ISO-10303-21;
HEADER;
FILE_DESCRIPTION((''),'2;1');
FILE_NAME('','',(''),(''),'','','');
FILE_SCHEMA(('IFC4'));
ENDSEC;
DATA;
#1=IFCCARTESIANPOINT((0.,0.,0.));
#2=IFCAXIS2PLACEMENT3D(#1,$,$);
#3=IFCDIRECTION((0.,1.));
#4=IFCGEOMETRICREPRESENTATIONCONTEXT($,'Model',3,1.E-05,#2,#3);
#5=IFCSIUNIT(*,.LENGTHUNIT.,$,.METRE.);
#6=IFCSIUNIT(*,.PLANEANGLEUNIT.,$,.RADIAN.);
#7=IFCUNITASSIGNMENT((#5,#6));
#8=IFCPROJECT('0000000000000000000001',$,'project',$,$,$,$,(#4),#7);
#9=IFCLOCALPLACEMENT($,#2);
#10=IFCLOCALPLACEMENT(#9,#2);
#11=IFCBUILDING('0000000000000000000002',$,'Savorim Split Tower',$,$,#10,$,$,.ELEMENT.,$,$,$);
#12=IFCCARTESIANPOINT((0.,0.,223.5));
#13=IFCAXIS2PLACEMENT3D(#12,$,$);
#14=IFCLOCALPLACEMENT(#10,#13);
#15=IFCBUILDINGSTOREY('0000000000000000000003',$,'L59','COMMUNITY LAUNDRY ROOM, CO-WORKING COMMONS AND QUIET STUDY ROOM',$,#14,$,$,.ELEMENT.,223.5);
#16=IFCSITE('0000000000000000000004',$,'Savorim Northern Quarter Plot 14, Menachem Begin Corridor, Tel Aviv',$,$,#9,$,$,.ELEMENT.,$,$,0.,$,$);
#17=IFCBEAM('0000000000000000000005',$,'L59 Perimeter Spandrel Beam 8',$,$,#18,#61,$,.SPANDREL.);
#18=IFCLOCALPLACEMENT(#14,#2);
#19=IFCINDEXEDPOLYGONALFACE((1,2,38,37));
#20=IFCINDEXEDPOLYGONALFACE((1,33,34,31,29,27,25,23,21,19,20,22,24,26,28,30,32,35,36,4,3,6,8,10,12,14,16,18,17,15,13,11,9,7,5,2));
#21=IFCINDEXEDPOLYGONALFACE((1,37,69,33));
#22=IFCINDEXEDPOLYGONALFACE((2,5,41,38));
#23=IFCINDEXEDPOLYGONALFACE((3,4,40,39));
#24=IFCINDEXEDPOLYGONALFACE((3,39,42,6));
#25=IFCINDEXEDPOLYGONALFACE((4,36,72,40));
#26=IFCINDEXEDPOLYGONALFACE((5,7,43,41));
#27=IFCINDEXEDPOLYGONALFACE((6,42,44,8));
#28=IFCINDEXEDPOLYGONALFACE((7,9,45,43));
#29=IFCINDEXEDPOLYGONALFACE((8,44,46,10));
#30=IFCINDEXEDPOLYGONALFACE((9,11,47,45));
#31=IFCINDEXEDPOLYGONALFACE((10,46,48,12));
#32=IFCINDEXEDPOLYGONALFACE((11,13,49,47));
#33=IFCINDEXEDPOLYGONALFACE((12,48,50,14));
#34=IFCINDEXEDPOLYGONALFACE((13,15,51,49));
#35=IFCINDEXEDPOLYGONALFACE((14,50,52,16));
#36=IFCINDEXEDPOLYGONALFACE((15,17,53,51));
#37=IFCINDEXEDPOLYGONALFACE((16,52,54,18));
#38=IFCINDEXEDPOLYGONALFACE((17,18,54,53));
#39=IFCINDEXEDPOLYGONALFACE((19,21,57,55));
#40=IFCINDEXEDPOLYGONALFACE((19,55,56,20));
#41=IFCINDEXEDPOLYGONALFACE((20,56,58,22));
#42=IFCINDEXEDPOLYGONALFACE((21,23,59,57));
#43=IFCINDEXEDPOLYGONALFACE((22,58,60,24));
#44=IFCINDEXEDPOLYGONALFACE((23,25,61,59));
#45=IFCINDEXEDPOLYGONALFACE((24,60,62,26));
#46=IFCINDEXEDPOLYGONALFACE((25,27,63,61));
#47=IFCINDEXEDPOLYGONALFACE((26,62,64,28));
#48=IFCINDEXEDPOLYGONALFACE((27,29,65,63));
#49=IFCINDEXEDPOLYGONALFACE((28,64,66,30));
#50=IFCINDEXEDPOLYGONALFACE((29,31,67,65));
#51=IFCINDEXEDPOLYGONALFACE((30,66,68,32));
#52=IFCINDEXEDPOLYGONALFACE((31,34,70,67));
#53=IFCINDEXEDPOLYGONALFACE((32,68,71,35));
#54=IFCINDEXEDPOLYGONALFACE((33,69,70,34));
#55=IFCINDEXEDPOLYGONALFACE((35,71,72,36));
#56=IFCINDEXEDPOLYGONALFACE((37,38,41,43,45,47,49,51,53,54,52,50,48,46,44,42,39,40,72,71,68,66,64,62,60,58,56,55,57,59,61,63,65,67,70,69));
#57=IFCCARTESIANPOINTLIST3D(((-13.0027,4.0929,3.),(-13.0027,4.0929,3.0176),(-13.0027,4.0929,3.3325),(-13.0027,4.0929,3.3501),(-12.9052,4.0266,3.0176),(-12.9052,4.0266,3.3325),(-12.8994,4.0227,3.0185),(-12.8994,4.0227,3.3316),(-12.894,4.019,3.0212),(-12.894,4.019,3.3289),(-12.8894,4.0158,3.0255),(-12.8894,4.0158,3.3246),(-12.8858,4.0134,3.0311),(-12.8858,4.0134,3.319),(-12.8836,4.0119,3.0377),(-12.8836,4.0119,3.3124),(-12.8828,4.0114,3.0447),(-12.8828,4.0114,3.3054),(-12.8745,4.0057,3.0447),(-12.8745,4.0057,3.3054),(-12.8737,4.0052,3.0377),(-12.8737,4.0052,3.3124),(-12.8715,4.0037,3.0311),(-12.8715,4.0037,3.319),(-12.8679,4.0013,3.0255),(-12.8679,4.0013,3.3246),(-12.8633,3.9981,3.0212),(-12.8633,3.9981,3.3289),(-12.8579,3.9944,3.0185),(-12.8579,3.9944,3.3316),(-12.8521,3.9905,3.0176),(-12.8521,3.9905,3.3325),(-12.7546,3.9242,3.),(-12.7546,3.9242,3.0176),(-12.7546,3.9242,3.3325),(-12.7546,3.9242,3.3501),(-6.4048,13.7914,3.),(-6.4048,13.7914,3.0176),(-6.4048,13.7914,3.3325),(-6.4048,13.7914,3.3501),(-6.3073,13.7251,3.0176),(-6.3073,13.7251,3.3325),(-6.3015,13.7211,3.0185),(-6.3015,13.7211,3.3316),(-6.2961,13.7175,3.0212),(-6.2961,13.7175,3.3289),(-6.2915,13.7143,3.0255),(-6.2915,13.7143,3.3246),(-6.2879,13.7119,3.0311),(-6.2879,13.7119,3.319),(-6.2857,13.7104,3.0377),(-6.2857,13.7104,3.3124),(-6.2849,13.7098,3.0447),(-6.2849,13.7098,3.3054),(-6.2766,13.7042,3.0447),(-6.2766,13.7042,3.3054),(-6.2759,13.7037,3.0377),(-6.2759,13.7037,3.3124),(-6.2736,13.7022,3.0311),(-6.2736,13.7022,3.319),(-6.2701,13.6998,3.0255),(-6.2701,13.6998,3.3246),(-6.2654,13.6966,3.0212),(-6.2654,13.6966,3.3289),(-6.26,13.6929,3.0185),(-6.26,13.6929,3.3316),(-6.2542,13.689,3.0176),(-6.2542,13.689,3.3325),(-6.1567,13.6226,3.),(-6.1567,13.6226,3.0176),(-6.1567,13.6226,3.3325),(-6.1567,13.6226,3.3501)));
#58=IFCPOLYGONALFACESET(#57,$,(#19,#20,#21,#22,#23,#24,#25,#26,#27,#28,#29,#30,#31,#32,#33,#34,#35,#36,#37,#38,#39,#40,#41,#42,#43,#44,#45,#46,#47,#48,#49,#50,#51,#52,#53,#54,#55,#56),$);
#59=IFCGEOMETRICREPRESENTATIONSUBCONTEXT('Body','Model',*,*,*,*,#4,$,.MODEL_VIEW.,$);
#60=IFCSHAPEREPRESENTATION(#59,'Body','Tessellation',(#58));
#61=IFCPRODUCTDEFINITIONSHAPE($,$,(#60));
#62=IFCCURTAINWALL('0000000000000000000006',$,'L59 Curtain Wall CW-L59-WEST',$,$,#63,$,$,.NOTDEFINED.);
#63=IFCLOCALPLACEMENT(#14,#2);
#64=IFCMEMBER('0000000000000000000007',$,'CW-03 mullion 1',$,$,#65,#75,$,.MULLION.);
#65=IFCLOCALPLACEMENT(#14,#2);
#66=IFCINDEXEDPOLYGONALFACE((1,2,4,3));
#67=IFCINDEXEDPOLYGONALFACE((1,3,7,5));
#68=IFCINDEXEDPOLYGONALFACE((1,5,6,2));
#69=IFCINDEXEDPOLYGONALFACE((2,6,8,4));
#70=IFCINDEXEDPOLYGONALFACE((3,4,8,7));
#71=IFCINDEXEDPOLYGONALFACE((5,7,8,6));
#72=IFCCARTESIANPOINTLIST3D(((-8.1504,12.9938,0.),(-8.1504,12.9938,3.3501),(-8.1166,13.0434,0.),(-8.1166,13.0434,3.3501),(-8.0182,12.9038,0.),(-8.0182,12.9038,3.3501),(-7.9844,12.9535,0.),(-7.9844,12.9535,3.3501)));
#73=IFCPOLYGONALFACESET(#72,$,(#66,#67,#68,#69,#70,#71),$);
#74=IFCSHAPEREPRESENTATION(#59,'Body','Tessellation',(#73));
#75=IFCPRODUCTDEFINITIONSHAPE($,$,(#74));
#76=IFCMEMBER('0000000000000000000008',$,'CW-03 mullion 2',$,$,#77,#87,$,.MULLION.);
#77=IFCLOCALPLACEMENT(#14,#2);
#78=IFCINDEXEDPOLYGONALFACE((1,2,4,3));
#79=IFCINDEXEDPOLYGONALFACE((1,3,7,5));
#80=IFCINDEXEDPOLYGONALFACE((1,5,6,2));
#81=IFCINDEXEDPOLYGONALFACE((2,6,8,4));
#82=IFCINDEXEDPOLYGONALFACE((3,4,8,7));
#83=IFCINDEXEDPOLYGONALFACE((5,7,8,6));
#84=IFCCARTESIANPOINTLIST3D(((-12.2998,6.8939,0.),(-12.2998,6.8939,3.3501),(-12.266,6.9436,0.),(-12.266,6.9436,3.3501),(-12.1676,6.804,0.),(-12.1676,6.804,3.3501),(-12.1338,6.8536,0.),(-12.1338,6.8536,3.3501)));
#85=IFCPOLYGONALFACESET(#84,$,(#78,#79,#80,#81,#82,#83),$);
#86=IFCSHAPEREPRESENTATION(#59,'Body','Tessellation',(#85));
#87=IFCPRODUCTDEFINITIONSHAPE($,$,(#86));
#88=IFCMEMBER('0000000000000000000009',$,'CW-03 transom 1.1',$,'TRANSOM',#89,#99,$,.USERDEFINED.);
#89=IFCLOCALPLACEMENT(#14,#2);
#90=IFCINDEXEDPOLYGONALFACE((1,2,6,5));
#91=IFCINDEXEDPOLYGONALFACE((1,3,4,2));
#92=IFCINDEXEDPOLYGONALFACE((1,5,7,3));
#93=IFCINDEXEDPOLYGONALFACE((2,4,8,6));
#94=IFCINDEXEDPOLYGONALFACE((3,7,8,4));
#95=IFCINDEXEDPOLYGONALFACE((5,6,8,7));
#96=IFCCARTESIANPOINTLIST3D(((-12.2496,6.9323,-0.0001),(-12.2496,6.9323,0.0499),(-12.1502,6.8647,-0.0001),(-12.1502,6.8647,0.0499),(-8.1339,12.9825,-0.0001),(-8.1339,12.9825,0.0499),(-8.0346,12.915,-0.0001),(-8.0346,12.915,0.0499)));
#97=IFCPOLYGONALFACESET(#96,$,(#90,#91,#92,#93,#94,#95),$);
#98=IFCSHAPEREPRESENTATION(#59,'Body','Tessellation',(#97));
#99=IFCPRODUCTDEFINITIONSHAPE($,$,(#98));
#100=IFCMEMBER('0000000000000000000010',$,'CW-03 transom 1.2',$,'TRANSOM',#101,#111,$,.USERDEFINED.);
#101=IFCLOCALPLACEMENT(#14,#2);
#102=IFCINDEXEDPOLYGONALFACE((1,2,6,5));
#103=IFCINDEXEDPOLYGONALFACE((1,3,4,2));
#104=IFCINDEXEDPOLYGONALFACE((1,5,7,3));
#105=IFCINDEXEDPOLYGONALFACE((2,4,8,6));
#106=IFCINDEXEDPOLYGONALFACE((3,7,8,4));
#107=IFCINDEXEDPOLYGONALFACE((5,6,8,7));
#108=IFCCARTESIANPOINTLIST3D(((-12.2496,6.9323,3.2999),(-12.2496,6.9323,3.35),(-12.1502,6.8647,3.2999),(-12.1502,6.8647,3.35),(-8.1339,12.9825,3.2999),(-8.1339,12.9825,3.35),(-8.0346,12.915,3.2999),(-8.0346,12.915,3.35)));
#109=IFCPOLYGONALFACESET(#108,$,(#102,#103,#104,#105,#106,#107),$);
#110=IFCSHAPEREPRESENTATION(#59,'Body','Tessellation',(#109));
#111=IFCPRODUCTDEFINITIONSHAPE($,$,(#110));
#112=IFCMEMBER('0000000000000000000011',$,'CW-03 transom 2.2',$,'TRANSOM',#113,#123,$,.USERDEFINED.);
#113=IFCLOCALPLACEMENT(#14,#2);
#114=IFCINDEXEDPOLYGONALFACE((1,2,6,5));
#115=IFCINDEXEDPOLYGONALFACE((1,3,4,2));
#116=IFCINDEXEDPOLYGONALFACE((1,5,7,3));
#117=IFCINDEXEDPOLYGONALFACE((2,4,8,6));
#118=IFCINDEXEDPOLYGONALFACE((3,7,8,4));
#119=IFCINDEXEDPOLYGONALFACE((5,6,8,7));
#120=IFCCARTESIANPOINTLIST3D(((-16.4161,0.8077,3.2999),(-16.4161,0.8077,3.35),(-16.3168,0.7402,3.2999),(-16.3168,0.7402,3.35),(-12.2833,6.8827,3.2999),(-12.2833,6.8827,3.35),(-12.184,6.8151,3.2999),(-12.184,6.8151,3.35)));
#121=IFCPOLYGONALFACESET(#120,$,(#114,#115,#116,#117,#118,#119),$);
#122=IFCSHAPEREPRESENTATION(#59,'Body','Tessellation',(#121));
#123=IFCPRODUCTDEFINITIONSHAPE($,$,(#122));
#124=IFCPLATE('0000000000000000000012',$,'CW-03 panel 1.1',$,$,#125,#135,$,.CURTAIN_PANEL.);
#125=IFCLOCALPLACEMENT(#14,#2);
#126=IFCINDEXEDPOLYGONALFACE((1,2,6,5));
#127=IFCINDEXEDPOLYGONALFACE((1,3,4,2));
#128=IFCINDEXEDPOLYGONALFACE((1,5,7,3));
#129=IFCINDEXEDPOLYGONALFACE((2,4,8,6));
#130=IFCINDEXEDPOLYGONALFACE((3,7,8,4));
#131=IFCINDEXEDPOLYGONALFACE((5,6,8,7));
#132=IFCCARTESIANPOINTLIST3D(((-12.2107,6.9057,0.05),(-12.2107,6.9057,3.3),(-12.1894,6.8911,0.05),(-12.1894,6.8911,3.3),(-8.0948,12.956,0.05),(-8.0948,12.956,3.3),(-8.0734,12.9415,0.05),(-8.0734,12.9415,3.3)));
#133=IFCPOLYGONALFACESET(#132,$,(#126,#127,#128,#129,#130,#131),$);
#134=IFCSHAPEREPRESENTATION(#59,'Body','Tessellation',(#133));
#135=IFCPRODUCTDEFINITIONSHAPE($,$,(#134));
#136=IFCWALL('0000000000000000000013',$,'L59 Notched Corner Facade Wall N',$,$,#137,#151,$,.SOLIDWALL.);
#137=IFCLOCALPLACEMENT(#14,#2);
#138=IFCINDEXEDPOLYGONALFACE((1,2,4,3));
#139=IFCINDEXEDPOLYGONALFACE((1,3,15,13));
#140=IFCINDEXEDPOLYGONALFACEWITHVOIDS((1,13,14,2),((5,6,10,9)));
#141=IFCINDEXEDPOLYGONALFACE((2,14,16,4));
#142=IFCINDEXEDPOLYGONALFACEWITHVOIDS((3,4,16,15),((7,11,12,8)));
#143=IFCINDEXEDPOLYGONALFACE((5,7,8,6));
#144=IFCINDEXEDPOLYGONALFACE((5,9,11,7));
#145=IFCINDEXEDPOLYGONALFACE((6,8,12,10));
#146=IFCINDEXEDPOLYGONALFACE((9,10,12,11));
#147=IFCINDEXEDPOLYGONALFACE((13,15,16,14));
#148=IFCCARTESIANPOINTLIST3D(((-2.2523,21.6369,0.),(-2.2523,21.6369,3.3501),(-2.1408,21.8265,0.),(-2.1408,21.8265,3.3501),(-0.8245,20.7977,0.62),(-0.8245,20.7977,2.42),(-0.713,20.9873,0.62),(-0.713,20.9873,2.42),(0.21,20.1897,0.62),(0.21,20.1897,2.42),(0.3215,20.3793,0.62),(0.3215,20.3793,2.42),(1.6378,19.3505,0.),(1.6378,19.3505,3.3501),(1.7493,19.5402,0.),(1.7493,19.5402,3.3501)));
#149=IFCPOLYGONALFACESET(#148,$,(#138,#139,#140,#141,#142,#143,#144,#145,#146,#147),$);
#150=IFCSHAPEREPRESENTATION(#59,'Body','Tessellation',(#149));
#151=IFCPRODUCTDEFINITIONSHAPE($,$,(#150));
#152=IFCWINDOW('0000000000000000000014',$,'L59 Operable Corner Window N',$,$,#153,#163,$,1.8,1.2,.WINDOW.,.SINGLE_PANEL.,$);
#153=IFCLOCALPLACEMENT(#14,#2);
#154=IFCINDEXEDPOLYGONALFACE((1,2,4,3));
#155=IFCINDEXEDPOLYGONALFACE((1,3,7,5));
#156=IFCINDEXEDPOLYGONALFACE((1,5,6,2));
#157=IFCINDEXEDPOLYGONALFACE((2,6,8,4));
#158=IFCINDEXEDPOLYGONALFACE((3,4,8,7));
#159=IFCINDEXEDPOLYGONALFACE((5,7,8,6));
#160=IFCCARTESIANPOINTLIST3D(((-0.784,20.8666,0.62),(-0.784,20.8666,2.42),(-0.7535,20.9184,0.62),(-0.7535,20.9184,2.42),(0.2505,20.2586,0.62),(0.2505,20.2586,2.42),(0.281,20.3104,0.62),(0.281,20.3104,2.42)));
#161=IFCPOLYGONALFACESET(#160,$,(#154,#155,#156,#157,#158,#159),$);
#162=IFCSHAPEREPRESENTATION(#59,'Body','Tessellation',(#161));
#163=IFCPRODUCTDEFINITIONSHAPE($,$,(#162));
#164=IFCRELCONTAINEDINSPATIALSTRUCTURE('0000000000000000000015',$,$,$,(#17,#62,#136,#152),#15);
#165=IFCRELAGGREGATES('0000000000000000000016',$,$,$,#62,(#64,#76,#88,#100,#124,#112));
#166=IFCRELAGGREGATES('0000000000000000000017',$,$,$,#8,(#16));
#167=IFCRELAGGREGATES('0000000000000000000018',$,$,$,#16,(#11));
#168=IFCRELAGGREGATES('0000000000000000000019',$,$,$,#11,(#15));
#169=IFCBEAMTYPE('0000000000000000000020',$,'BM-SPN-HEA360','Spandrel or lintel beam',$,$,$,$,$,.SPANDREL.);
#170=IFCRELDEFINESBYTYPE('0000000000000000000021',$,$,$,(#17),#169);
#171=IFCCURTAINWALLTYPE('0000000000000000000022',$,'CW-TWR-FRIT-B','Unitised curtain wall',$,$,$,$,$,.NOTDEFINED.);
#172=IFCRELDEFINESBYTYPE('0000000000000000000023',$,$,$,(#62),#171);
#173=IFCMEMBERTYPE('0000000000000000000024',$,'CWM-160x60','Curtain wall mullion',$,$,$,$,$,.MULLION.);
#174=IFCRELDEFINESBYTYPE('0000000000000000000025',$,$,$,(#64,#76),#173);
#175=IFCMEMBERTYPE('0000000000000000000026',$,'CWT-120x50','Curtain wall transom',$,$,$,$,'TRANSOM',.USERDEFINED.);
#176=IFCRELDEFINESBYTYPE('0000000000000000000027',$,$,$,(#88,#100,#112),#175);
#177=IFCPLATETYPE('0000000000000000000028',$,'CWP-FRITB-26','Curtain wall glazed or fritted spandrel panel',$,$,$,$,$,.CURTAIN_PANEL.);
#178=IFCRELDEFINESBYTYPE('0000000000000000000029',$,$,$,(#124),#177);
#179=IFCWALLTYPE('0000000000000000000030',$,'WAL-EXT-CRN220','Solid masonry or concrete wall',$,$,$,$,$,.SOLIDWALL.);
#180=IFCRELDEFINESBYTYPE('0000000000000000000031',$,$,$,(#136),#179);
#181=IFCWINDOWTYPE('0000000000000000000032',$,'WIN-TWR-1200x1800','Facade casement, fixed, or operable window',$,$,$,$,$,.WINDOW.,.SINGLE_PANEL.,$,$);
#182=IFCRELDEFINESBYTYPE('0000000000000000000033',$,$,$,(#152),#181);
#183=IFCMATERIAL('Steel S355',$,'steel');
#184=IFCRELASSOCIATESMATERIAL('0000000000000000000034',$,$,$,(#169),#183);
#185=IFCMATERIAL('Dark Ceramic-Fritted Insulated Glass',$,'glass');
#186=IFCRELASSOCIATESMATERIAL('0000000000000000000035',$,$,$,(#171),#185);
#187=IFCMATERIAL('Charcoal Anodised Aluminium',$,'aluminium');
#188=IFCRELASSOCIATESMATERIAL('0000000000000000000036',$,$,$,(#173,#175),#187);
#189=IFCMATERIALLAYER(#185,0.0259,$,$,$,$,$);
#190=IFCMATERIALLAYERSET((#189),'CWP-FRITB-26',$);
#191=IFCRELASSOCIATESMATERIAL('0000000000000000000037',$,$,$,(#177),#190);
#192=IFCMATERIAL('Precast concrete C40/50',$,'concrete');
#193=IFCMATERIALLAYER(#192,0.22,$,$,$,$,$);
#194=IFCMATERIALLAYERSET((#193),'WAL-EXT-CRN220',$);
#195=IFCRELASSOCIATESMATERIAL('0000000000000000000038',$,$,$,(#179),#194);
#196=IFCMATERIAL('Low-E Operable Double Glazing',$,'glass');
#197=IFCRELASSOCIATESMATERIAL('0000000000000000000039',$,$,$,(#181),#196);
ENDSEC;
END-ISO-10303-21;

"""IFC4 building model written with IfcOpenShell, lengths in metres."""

from ifc_helpers import new_model, si_unit, direction, frame, frame_2d, origin, origin_2d, place, context, subcontext, project, spatial, rectangle, i_section, extrude, material, layer, layer_set, material_profile, profile_set, type_object, element, fill, aggregate, save


model = new_model("IFC4")

# Units and contexts
model_context = context("Model", 3, precision=1e-05, world=origin(), true_north=direction((0.0, 1.0)))
body_context = subcontext(model_context, "Body", "Model", "MODEL_VIEW")
ifc_project = project(units=[si_unit("LENGTHUNIT", "METRE"), si_unit("PLANEANGLEUNIT", "RADIAN")], contexts=[model_context])

# Site, building, storey
site_placement = place(None, origin())
site = spatial("IfcSite", under=ifc_project, at=site_placement, Name="Savorim Northern Quarter Plot 14, Menachem Begin Corridor, Tel Aviv", CompositionType="ELEMENT", RefElevation=0.0)
building_placement = place(site_placement, origin())
building = spatial("IfcBuilding", under=site, at=building_placement, Name="Savorim Split Tower", CompositionType="ELEMENT")
storey_placement = place(building_placement, frame((0.0, 0.0, 223.5)))
storey = spatial("IfcBuildingStorey", under=building, at=storey_placement, Name="L59", Description="COMMUNITY LAUNDRY ROOM, CO-WORKING COMMONS AND QUIET STUDY ROOM", CompositionType="ELEMENT", Elevation=223.5)

# Shared definitions
ifc_material_1 = material(Name="Steel S355", Category="steel")

# Beam
ifc_material_profile_1 = material_profile(ifc_material_1, i_section(OverallWidth=0.3, OverallDepth=0.3501, WebThickness=0.01, FlangeThickness=0.0176, FilletRadius=0.0271, at=origin_2d()), Name="HEA 360")
ifc_profile_set_1 = profile_set([ifc_material_profile_1], Name="Steel S355")
beam_type_1 = type_object("IfcBeamType", Name="BM-SPN-HEA360", Description="Spandrel or lintel beam", PredefinedType="SPANDREL", material=ifc_profile_set_1)
beam_1_placement = place(storey_placement, frame((-6.2808, 13.707, 3.175), z_axis=(-0.562481, -0.82681, 0.0), x_axis=(0.82681, -0.562481, 0.0)))
element("IfcBeam", 1, at=beam_1_placement, inside=storey, type_object=beam_type_1, Name="L59 Perimeter Spandrel Beam 8", PredefinedType="SPANDREL", context=body_context, shape_type="SweptSolid", body=[
    extrude(i_section(OverallWidth=0.3, OverallDepth=0.3501, WebThickness=0.01, FlangeThickness=0.0176, FilletRadius=0.0271, at=origin_2d()), origin(), (0.0, 0.0, 1.0), 11.73),
])

# Curtain wall, members, plate
ifc_material_2 = material(Name="Dark Ceramic-Fritted Insulated Glass", Category="glass")
curtain_wall_type = type_object("IfcCurtainWallType", Name="CW-TWR-FRIT-B", Description="Unitised curtain wall", PredefinedType="NOTDEFINED", material=ifc_material_2)
curtain_wall_placement = place(storey_placement, origin())
curtain_wall = element("IfcCurtainWall", 2, at=curtain_wall_placement, inside=storey, type_object=curtain_wall_type, Name="L59 Curtain Wall CW-L59-WEST", PredefinedType="NOTDEFINED")
ifc_material_3 = material(Name="Charcoal Anodised Aluminium", Category="aluminium")
ifc_material_profile_2 = material_profile(ifc_material_3, rectangle(XDim=0.1599, YDim=0.0601, at=origin_2d()), Name="ALU-M 160x60")
ifc_profile_set_2 = profile_set([ifc_material_profile_2], Name="Charcoal Anodised Aluminium")
member_type_1 = type_object("IfcMemberType", Name="CWM-160x60", Description="Curtain wall mullion", PredefinedType="MULLION", material=ifc_profile_set_2)
member_1_placement = place(storey_placement, frame((-8.0674, 12.9736, 0.0), z_axis=(0.0, 0.0, 1.0), x_axis=(0.82682, -0.562467, 0.0)))
member_1 = element("IfcMember", 3, at=member_1_placement, type_object=member_type_1, Name="CW-03 mullion 1", PredefinedType="MULLION", context=body_context, shape_type="SweptSolid", body=[
    extrude(rectangle(XDim=0.1599, YDim=0.0601, at=origin_2d()), origin(), (0.0, 0.0, 1.0), 3.3501),
])
member_2_placement = place(storey_placement, frame((-12.2168, 6.8738, 0.0), z_axis=(0.0, 0.0, 1.0), x_axis=(0.82682, -0.562467, 0.0)))
member_2 = element("IfcMember", 4, at=member_2_placement, type_object=member_type_1, Name="CW-03 mullion 2", PredefinedType="MULLION", context=body_context, shape_type="SweptSolid", body=[
    extrude(rectangle(XDim=0.1599, YDim=0.0601, at=origin_2d()), origin(), (0.0, 0.0, 1.0), 3.3501),
])
ifc_material_profile_3 = material_profile(ifc_material_3, rectangle(XDim=0.1201, YDim=0.05, at=origin_2d()), Name="ALU-T 120x50")
ifc_profile_set_3 = profile_set([ifc_material_profile_3], Name="Charcoal Anodised Aluminium")
member_type_2 = type_object("IfcMemberType", Name="CWT-120x50", Description="Curtain wall transom", ElementType="TRANSOM", PredefinedType="USERDEFINED", material=ifc_profile_set_3)
member_3_placement = place(storey_placement, frame((-8.0842, 12.9487, 0.0249), z_axis=(-0.562452, -0.82683, 0.0), x_axis=(0.82683, -0.562452, 0.0)))
member_3 = element("IfcMember", 5, at=member_3_placement, type_object=member_type_2, Name="CW-03 transom 1.1", ObjectType="TRANSOM", PredefinedType="USERDEFINED", context=body_context, shape_type="SweptSolid", body=[
    extrude(rectangle(XDim=0.1201, YDim=0.05, at=origin_2d()), origin(), (0.0, 0.0, 1.0), 7.3174),
])
member_4_placement = place(storey_placement, frame((-8.0842, 12.9487, 3.325), z_axis=(-0.562452, -0.82683, 0.0), x_axis=(0.82683, -0.562452, 0.0)))
member_4 = element("IfcMember", 6, at=member_4_placement, type_object=member_type_2, Name="CW-03 transom 1.2", ObjectType="TRANSOM", PredefinedType="USERDEFINED", context=body_context, shape_type="SweptSolid", body=[
    extrude(rectangle(XDim=0.1201, YDim=0.05, at=origin_2d()), origin(), (0.0, 0.0, 1.0), 7.3174),
])
member_5_placement = place(storey_placement, frame((-12.2336, 6.8489, 3.325), z_axis=(-0.562482, -0.82681, 0.0), x_axis=(0.82681, -0.562482, 0.0)))
member_5 = element("IfcMember", 7, at=member_5_placement, type_object=member_type_2, Name="CW-03 transom 2.2", ObjectType="TRANSOM", PredefinedType="USERDEFINED", context=body_context, shape_type="SweptSolid", body=[
    extrude(rectangle(XDim=0.1201, YDim=0.05, at=origin_2d()), origin(), (0.0, 0.0, 1.0), 7.3474),
])
ifc_layer_1 = layer(ifc_material_2, 0.0259)
ifc_layer_set_1 = layer_set([ifc_layer_1], Name="CWP-FRITB-26")
plate_type = type_object("IfcPlateType", Name="CWP-FRITB-26", Description="Curtain wall glazed or fritted spandrel panel", PredefinedType="CURTAIN_PANEL", material=ifc_layer_set_1)
plate_placement = place(storey_placement, frame((-10.1421, 9.9236, 0.05), z_axis=(0.0, 0.0, 1.0), x_axis=(-0.562467, -0.82682, 0.0)))
plate = element("IfcPlate", 8, at=plate_placement, type_object=plate_type, Name="CW-03 panel 1.1", PredefinedType="CURTAIN_PANEL", context=body_context, shape_type="SweptSolid", body=[
    extrude(rectangle(XDim=7.3176, YDim=0.0259, at=origin_2d()), origin(), (0.0, 0.0, 1.0), 3.25),
])
aggregate(curtain_wall, [member_1, member_2, member_3, member_4, plate, member_5])

# Wall, opening, window
ifc_material_4 = material(Name="Precast concrete C40/50", Category="concrete")
ifc_layer_2 = layer(ifc_material_4, 0.22)
ifc_layer_set_2 = layer_set([ifc_layer_2], Name="WAL-EXT-CRN220")
wall_type_1 = type_object("IfcWallType", Name="WAL-EXT-CRN220", Description="Solid masonry or concrete wall", PredefinedType="SOLIDWALL", material=ifc_layer_set_2)
wall_1_placement = place(storey_placement, frame((-2.1965, 21.7317, 0.0), z_axis=(0.0, 0.0, 1.0), x_axis=(0.862122, -0.506701, 0.0)))
wall_1 = element("IfcWall", 9, at=wall_1_placement, inside=storey, type_object=wall_type_1, Name="L59 Notched Corner Facade Wall N", PredefinedType="SOLIDWALL", context=body_context, shape_type="SweptSolid", body=[
    extrude(rectangle(XDim=4.5122, YDim=0.22, at=frame_2d((2.2561, 0.0))), origin(), (0.0, 0.0, 1.0), 3.3501),
])
opening_1_placement = place(wall_1_placement, frame((1.656, 0.0, 0.6201)))
opening_1 = element("IfcOpeningElement", 10, at=opening_1_placement, cuts=wall_1, PredefinedType="OPENING", context=body_context, shape_type="SweptSolid", body=[
    extrude(rectangle(XDim=1.2, YDim=1.8, at=frame_2d((0.6001, 0.8999))), frame((0.0, 0.1199, 0.0), z_axis=(0.0, -1.0, 0.0), x_axis=(1.0, 0.0, 0.0)), (0.0, 0.0, 1.0), 0.24),
])
ifc_material_5 = material(Name="Low-E Operable Double Glazing", Category="glass")
window_type_1 = type_object("IfcWindowType", Name="WIN-TWR-1200x1800", Description="Facade casement, fixed, or operable window", PartitioningType="SINGLE_PANEL", PredefinedType="WINDOW", material=ifc_material_5)
window_1_placement = place(opening_1_placement, origin())
window_1 = element("IfcWindow", 11, at=window_1_placement, inside=storey, type_object=window_type_1, Name="L59 Operable Corner Window N", OverallHeight=1.8, OverallWidth=1.2, PartitioningType="SINGLE_PANEL", PredefinedType="WINDOW", context=body_context, shape_type="SweptSolid", body=[
    extrude(rectangle(XDim=1.2, YDim=1.8, at=frame_2d((0.6001, 0.8999))), frame((0.0, 0.03, 0.0), z_axis=(0.0, -1.0, 0.0), x_axis=(1.0, 0.0, 0.0)), (0.0, 0.0, 1.0), 0.0601),
])
fill(opening_1, window_1)

save(model, "model.ifc")
